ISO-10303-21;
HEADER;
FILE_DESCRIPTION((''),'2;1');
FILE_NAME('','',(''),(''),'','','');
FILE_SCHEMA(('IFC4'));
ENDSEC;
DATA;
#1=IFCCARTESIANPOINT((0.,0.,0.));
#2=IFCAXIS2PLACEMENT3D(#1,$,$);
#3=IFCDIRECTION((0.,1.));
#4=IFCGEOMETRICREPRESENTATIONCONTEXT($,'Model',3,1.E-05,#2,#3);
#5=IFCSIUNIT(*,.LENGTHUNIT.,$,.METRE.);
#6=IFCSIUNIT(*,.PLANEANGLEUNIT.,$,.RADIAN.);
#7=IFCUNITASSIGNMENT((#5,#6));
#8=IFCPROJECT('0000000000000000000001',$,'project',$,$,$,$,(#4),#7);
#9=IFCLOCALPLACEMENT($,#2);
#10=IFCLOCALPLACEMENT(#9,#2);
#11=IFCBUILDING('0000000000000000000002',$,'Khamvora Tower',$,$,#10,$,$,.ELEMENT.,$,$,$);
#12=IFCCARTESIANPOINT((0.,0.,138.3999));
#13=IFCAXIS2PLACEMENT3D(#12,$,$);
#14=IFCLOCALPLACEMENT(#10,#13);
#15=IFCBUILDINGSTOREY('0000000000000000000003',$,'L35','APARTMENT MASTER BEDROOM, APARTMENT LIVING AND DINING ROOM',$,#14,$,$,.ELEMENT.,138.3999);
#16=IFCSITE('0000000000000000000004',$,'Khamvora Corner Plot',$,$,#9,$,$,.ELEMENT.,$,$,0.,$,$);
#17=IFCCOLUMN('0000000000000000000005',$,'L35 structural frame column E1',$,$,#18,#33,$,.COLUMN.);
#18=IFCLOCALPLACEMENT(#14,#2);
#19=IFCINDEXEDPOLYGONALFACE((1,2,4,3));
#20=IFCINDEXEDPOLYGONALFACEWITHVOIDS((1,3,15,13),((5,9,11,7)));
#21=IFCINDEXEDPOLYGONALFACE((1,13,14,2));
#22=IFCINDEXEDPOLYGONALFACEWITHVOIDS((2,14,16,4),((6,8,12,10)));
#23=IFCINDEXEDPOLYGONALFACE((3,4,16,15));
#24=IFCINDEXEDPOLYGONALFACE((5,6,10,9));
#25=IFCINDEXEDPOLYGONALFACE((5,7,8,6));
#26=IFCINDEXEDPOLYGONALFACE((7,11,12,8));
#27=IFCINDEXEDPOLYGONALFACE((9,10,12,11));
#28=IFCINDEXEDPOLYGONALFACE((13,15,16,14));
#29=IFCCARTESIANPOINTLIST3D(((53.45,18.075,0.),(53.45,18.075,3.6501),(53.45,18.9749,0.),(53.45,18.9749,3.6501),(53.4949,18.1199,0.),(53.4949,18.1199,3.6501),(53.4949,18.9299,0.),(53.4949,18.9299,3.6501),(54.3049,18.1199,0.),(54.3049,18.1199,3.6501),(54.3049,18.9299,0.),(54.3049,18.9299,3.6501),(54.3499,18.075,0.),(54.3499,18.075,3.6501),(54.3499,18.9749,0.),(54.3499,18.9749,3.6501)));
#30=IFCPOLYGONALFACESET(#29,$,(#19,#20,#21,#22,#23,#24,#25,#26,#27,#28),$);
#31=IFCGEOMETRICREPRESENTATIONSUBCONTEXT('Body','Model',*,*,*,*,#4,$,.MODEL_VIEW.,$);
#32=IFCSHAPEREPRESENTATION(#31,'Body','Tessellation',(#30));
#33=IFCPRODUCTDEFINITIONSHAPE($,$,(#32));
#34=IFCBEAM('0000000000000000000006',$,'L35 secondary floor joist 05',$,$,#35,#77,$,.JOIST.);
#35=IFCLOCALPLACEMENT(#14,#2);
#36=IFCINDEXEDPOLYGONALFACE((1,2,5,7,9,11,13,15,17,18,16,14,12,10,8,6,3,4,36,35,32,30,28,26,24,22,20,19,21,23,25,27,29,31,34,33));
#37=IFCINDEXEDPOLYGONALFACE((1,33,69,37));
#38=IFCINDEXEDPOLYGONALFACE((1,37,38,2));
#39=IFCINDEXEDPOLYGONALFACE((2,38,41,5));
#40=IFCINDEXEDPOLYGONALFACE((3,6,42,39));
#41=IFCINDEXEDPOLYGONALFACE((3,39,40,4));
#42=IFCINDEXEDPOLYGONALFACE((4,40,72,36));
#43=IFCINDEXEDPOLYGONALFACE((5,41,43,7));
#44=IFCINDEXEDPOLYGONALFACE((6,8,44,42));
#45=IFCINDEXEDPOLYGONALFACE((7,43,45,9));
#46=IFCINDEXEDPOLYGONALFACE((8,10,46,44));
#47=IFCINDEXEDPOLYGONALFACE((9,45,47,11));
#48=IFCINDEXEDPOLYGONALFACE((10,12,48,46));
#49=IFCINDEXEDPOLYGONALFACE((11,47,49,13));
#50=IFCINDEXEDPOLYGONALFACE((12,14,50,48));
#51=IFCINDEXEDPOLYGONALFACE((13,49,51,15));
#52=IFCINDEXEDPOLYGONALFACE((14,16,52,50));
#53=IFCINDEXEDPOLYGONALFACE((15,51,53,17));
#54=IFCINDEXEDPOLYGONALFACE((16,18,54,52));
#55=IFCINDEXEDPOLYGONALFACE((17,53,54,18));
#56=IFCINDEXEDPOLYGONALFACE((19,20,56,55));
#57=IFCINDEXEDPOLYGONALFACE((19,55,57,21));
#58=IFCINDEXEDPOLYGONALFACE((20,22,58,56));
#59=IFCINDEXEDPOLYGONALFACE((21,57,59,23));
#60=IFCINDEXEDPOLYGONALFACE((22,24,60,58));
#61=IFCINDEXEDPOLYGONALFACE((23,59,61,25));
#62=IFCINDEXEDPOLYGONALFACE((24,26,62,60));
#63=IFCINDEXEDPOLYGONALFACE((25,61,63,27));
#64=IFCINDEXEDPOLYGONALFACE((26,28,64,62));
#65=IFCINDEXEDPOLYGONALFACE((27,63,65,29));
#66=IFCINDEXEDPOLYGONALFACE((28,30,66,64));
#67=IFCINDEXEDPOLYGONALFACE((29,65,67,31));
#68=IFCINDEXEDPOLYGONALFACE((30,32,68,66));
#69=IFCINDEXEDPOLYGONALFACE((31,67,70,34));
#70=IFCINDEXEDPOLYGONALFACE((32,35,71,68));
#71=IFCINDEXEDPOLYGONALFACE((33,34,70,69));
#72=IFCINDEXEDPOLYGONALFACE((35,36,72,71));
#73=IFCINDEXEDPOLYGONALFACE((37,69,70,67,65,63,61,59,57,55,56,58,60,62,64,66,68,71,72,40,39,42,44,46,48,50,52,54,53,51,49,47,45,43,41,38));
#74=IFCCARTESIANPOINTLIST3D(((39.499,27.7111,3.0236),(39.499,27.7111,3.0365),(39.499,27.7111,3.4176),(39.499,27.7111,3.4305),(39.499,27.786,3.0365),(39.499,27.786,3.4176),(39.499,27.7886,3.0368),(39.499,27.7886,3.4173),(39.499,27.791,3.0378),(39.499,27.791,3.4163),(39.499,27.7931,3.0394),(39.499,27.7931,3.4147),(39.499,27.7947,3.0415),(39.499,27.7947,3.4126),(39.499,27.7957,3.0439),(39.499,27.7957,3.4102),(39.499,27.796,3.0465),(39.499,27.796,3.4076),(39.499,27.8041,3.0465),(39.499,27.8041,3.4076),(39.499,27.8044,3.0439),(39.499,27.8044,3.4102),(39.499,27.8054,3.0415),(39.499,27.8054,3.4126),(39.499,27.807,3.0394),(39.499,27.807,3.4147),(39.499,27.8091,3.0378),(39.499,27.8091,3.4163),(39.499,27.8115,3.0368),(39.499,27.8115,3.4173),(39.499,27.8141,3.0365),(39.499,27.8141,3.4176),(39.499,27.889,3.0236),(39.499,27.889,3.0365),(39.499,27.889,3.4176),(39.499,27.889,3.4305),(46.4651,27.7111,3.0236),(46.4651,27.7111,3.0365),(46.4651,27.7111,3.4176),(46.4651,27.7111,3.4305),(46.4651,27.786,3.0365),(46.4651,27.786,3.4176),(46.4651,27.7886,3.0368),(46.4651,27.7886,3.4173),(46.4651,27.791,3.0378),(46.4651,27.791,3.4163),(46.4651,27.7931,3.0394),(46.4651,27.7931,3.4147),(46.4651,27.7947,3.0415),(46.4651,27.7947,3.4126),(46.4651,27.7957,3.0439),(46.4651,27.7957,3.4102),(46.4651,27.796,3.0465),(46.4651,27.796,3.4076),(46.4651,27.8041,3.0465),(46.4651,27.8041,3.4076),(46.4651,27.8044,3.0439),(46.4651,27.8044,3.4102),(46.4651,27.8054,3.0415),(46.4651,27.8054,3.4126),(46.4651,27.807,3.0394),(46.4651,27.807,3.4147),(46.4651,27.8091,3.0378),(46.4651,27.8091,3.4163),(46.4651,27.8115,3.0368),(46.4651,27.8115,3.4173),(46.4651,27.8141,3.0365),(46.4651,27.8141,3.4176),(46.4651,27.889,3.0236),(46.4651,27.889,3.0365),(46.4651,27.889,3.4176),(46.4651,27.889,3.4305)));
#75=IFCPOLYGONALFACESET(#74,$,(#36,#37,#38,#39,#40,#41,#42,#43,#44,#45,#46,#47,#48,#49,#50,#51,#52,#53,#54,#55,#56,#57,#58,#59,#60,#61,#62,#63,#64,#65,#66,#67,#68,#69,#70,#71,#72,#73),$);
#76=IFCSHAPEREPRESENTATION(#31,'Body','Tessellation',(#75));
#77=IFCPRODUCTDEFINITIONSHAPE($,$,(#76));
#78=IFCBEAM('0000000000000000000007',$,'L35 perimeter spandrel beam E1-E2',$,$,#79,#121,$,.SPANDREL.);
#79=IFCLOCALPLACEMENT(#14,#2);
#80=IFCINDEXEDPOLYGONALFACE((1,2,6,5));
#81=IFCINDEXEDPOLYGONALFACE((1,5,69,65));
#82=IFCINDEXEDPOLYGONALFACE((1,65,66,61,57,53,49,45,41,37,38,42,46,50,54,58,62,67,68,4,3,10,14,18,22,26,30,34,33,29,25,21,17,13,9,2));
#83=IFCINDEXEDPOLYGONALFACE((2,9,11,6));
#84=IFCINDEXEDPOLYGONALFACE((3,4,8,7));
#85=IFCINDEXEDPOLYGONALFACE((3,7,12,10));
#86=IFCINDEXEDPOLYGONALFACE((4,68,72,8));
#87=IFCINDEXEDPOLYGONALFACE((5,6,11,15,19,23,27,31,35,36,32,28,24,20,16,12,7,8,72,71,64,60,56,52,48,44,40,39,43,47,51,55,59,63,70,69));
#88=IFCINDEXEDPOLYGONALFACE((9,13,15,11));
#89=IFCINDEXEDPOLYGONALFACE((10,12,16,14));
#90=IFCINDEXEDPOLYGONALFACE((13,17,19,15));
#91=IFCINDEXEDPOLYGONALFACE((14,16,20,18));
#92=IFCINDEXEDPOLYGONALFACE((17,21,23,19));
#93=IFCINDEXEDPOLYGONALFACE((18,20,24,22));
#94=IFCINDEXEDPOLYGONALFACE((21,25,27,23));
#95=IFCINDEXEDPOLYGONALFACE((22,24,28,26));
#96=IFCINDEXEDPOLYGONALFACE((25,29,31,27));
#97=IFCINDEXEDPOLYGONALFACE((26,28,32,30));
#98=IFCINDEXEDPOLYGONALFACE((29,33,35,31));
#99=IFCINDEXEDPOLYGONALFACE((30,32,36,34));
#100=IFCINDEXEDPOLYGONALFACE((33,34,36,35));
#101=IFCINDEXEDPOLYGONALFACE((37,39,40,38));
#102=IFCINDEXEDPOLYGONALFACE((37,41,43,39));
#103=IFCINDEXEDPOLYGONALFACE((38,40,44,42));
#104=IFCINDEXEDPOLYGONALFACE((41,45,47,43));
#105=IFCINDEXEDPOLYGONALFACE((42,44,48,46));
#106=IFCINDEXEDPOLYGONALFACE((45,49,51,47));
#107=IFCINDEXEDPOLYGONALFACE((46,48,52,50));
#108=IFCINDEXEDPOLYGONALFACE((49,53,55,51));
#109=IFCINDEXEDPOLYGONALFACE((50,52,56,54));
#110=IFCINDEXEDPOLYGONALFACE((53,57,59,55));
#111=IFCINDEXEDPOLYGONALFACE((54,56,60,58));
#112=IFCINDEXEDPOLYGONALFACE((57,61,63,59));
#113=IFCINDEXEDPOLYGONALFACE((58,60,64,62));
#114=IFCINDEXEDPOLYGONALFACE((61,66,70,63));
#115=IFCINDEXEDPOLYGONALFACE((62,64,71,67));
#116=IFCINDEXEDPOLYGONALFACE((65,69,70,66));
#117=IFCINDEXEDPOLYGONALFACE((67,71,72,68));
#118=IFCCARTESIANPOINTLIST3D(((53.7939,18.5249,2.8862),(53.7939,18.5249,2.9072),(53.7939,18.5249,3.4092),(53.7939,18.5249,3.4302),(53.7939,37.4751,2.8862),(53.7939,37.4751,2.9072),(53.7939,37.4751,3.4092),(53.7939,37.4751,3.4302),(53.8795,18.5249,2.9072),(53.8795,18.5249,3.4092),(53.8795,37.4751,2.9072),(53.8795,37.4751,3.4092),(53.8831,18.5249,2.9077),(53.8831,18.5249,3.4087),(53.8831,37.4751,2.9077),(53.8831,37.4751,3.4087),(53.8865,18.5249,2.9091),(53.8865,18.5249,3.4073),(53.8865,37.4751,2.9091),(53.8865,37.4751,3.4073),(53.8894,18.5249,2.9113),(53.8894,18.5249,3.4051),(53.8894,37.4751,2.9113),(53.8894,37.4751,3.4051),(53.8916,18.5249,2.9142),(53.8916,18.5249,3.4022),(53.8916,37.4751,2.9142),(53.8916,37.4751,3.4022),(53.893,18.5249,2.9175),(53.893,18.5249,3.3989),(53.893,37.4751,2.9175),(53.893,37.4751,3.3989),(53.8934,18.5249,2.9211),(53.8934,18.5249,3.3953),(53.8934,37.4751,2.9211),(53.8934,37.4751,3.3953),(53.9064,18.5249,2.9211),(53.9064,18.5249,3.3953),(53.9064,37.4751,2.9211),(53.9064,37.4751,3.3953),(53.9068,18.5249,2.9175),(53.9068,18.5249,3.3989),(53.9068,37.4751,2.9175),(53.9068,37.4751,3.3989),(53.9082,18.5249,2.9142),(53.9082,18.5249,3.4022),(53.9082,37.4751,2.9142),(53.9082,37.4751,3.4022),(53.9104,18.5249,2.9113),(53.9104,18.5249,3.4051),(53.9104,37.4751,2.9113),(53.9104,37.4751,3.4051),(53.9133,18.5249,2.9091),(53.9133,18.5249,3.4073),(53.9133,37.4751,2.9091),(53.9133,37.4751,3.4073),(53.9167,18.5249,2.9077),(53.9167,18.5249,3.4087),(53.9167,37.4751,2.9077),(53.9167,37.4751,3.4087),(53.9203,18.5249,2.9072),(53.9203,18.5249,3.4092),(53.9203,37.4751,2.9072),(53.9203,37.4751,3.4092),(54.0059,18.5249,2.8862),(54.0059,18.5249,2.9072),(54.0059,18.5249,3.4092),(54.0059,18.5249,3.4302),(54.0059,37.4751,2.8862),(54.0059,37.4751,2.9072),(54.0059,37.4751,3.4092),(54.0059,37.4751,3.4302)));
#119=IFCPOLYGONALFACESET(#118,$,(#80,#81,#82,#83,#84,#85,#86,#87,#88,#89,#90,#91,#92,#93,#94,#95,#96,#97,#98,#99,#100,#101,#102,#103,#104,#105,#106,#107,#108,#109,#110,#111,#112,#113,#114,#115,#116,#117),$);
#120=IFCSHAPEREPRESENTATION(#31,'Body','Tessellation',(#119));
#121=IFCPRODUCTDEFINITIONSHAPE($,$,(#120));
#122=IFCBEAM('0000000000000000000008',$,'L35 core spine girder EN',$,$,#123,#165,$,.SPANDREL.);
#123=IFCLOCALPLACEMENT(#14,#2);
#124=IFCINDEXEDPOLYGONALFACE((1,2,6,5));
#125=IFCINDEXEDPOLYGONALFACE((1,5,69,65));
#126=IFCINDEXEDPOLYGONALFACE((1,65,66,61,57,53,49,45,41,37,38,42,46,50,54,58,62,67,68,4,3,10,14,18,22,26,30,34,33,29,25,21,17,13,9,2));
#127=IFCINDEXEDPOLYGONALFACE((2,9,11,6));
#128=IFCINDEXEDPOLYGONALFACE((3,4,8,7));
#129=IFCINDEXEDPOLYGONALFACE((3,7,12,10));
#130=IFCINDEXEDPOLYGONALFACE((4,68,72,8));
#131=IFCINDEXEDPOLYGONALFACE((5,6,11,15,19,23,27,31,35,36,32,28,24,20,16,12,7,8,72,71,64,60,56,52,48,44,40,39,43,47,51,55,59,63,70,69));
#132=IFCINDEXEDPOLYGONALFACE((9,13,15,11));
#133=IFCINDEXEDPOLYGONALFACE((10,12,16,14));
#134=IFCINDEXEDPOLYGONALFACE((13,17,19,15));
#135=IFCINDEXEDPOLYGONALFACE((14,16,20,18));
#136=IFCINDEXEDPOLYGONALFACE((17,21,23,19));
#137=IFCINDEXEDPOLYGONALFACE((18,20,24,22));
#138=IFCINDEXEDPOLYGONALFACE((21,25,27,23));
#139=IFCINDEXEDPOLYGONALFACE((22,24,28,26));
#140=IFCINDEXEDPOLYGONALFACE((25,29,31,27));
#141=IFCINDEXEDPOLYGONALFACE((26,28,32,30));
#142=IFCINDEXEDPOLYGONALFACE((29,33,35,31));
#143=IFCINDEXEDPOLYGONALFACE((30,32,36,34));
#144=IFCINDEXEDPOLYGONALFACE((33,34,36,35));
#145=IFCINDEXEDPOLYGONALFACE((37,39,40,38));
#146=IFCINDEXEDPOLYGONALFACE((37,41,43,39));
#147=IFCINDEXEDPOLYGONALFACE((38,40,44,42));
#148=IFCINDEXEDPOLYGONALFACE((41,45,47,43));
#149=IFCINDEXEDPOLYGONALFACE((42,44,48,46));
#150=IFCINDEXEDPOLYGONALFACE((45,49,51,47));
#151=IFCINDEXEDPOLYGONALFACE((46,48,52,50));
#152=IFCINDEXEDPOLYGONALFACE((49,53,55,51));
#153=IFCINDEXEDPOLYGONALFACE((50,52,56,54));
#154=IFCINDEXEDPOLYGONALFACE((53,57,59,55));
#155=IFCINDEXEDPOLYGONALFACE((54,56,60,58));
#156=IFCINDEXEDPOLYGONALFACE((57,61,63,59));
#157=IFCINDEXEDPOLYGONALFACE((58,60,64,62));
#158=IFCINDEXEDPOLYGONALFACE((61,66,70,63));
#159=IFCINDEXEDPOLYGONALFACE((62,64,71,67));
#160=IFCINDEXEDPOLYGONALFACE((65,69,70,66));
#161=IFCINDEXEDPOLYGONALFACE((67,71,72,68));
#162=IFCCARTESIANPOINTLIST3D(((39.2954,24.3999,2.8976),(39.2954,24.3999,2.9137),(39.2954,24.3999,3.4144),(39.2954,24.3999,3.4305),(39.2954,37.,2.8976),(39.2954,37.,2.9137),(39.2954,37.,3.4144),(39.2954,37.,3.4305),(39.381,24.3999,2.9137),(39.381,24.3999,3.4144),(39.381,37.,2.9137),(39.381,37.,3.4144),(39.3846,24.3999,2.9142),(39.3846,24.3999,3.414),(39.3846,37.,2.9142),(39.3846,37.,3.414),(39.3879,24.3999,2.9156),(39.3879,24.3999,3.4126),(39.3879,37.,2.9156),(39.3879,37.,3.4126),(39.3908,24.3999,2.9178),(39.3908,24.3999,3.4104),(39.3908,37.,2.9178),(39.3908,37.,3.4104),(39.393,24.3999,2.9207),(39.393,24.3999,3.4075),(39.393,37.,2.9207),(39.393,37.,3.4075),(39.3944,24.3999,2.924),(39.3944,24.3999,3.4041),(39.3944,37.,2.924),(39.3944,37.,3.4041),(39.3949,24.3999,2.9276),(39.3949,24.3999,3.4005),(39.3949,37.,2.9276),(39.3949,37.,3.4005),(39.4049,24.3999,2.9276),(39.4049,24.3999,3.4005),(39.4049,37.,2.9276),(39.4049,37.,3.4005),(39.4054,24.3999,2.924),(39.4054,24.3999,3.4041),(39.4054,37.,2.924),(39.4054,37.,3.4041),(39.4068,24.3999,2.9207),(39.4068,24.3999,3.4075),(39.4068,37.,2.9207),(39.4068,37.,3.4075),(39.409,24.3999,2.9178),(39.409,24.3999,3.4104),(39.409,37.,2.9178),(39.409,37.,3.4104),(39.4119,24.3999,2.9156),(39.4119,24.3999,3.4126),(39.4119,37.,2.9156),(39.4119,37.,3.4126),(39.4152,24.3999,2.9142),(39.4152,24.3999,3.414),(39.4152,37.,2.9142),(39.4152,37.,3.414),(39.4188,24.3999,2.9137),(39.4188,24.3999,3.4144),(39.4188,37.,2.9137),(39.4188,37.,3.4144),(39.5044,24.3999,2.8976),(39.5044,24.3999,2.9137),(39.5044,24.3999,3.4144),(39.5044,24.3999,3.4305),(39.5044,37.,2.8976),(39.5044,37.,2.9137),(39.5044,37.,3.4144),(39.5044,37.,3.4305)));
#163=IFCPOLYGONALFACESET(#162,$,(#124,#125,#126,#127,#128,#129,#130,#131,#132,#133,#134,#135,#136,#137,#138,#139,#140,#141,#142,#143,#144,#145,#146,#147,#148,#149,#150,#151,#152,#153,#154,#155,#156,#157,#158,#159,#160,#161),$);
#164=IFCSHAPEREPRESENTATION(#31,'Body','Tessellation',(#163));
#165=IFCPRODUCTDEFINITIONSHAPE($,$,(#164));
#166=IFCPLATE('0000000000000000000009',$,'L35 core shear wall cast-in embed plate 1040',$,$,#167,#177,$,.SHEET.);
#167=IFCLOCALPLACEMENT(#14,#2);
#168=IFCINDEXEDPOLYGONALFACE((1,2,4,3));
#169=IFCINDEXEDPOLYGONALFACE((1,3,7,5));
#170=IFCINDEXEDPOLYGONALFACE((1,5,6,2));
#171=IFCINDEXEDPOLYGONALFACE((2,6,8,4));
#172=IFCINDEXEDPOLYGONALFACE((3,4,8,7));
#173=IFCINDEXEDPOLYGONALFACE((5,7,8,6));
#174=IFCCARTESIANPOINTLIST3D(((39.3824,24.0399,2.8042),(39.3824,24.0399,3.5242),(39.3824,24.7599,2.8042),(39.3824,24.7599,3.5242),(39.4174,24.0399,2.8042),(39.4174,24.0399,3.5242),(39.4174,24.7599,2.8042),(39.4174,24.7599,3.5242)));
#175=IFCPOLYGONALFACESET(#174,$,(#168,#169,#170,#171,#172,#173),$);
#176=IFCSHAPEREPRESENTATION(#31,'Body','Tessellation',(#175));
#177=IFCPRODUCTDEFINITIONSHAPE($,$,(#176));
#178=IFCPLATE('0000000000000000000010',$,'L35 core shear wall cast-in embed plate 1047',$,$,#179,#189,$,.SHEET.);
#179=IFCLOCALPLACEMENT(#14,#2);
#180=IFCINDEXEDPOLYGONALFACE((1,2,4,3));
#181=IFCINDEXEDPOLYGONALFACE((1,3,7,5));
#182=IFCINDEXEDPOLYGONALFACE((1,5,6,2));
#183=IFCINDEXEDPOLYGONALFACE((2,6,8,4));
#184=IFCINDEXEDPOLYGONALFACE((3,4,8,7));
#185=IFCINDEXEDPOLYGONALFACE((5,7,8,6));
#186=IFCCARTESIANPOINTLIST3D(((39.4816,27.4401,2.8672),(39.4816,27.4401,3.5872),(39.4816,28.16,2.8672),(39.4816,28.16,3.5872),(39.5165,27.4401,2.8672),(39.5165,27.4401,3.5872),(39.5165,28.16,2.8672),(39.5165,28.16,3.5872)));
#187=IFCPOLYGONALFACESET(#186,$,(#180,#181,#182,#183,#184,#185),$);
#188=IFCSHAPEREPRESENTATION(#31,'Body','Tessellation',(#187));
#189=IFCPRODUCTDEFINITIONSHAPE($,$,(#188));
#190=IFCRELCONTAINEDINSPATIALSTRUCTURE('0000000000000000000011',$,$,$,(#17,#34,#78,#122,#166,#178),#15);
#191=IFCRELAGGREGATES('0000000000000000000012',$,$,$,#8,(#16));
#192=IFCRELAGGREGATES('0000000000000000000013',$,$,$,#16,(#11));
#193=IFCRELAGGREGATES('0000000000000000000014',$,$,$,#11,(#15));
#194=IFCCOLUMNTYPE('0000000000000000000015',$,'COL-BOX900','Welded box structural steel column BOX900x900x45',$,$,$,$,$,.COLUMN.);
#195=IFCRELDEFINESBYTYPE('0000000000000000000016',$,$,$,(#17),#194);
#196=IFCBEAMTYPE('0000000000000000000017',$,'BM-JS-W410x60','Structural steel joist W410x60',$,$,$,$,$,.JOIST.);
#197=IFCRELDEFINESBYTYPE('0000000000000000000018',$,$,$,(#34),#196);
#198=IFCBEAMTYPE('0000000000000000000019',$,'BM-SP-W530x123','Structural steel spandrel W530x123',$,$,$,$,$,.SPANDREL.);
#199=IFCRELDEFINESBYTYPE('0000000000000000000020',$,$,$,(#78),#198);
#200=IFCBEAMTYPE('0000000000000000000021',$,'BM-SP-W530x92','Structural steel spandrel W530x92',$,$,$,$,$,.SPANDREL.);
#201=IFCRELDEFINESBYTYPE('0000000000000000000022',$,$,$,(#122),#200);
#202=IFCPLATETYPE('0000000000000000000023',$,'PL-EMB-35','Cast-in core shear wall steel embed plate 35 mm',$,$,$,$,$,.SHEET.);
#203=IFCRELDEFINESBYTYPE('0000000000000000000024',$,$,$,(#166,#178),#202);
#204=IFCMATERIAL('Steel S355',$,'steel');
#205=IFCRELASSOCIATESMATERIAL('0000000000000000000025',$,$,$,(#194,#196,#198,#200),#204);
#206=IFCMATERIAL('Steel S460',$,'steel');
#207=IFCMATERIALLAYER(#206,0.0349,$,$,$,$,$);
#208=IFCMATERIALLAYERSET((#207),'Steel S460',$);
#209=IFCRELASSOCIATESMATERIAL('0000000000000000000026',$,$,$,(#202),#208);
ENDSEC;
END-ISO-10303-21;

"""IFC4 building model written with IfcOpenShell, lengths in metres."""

from ifc_helpers import new_model, si_unit, direction, frame, origin, origin_2d, place, context, subcontext, project, spatial, rectangle, hollow_rectangle, i_section, extrude, material, layer, layer_set, material_profile, profile_set, type_object, element, save


model = new_model("IFC4")

# Units and contexts
model_context = context("Model", 3, precision=1e-05, world=origin(), true_north=direction((0.0, 1.0)))
body_context = subcontext(model_context, "Body", "Model", "MODEL_VIEW")
ifc_project = project(units=[si_unit("LENGTHUNIT", "METRE"), si_unit("PLANEANGLEUNIT", "RADIAN")], contexts=[model_context])

# Site, building, storey
site_placement = place(None, origin())
site = spatial("IfcSite", under=ifc_project, at=site_placement, Name="Khamvora Corner Plot", CompositionType="ELEMENT", RefElevation=0.0)
building_placement = place(site_placement, origin())
building = spatial("IfcBuilding", under=site, at=building_placement, Name="Khamvora Tower", CompositionType="ELEMENT")
storey_placement = place(building_placement, frame((0.0, 0.0, 138.3999)))
storey = spatial("IfcBuildingStorey", under=building, at=storey_placement, Name="L35", Description="APARTMENT MASTER BEDROOM, APARTMENT LIVING AND DINING ROOM", CompositionType="ELEMENT", Elevation=138.3999)

# Column
ifc_material_1 = material(Name="Steel S355", Category="steel")
ifc_material_profile_1 = material_profile(ifc_material_1, hollow_rectangle(XDim=0.8999, YDim=0.8999, WallThickness=0.0449, at=origin_2d()), Name="BOX900x900x45")
ifc_profile_set_1 = profile_set([ifc_material_profile_1], Name="Steel S355")
column_type = type_object("IfcColumnType", Name="COL-BOX900", Description="Welded box structural steel column BOX900x900x45", PredefinedType="COLUMN", material=ifc_profile_set_1)
column_placement = place(storey_placement, frame((53.8999, 18.5249, 0.0), z_axis=(0.0, 0.0, 1.0), x_axis=(1.0, 0.0, 0.0)))
element("IfcColumn", 1, at=column_placement, inside=storey, type_object=column_type, Name="L35 structural frame column E1", PredefinedType="COLUMN", context=body_context, shape_type="SweptSolid", body=[
    extrude(hollow_rectangle(XDim=0.8999, YDim=0.8999, WallThickness=0.0449, at=origin_2d()), origin(), (0.0, 0.0, 1.0), 3.6501),
])

# Beams
ifc_material_profile_2 = material_profile(ifc_material_1, i_section(OverallWidth=0.178, OverallDepth=0.407, WebThickness=0.0081, FlangeThickness=0.0129, FilletRadius=0.01, at=origin_2d()), Name="W410x60")
ifc_profile_set_2 = profile_set([ifc_material_profile_2], Name="Steel S355")
beam_type_1 = type_object("IfcBeamType", Name="BM-JS-W410x60", Description="Structural steel joist W410x60", PredefinedType="JOIST", material=ifc_profile_set_2)
beam_1_placement = place(storey_placement, frame((39.499, 27.8, 3.2271), z_axis=(1.0, 0.0, 0.0), x_axis=(0.0, 1.0, 0.0)))
element("IfcBeam", 2, at=beam_1_placement, inside=storey, type_object=beam_type_1, Name="L35 secondary floor joist 05", PredefinedType="JOIST", context=body_context, shape_type="SweptSolid", body=[
    extrude(i_section(OverallWidth=0.178, OverallDepth=0.407, WebThickness=0.0081, FlangeThickness=0.0129, FilletRadius=0.01, at=origin_2d()), origin(), (0.0, 0.0, 1.0), 6.9661),
])
ifc_material_profile_3 = material_profile(ifc_material_1, i_section(OverallWidth=0.2119, OverallDepth=0.5439, WebThickness=0.0129, FlangeThickness=0.021, FilletRadius=0.0139, at=origin_2d()), Name="W530x123")
ifc_profile_set_3 = profile_set([ifc_material_profile_3], Name="Steel S355")
beam_type_2 = type_object("IfcBeamType", Name="BM-SP-W530x123", Description="Structural steel spandrel W530x123", PredefinedType="SPANDREL", material=ifc_profile_set_3)
beam_2_placement = place(storey_placement, frame((53.8999, 18.5249, 3.1582), z_axis=(0.0, 1.0, 0.0), x_axis=(-1.0, 0.0, 0.0)))
element("IfcBeam", 3, at=beam_2_placement, inside=storey, type_object=beam_type_2, Name="L35 perimeter spandrel beam E1-E2", PredefinedType="SPANDREL", context=body_context, shape_type="SweptSolid", body=[
    extrude(i_section(OverallWidth=0.2119, OverallDepth=0.5439, WebThickness=0.0129, FlangeThickness=0.021, FilletRadius=0.0139, at=origin_2d()), origin(), (0.0, 0.0, 1.0), 18.9502),
])
ifc_material_profile_4 = material_profile(ifc_material_1, i_section(OverallWidth=0.209, OverallDepth=0.533, WebThickness=0.01, FlangeThickness=0.0161, FilletRadius=0.0139, at=origin_2d()), Name="W530x92")
ifc_profile_set_4 = profile_set([ifc_material_profile_4], Name="Steel S355")
beam_type_3 = type_object("IfcBeamType", Name="BM-SP-W530x92", Description="Structural steel spandrel W530x92", PredefinedType="SPANDREL", material=ifc_profile_set_4)
beam_3_placement = place(storey_placement, frame((39.3999, 24.3999, 3.1641), z_axis=(0.0, 1.0, 0.0), x_axis=(-1.0, 0.0, 0.0)))
element("IfcBeam", 4, at=beam_3_placement, inside=storey, type_object=beam_type_3, Name="L35 core spine girder EN", PredefinedType="SPANDREL", context=body_context, shape_type="SweptSolid", body=[
    extrude(i_section(OverallWidth=0.209, OverallDepth=0.533, WebThickness=0.01, FlangeThickness=0.0161, FilletRadius=0.0139, at=origin_2d()), origin(), (0.0, 0.0, 1.0), 12.6001),
])

# Plates
ifc_material_2 = material(Name="Steel S460", Category="steel")
ifc_layer_1 = layer(ifc_material_2, 0.0349)
ifc_layer_set_1 = layer_set([ifc_layer_1], Name="Steel S460")
plate_type = type_object("IfcPlateType", Name="PL-EMB-35", Description="Cast-in core shear wall steel embed plate 35 mm", PredefinedType="SHEET", material=ifc_layer_set_1)
for number, where, z_axis, x_axis, name in (
    (5, (39.3999, 24.3999, 2.8042), (0.0, 0.0, 1.0), (1.0, 0.0, 0.0), "L35 core shear wall cast-in embed plate 1040"),
    (6, (39.499, 27.8, 2.8672), (0.0, 0.0, 1.0), (1.0, 0.0, 0.0), "L35 core shear wall cast-in embed plate 1047"),
):
    element("IfcPlate", number, at=place(storey_placement, frame(where, z_axis=z_axis, x_axis=x_axis)), inside=storey, type_object=plate_type, Name=name, PredefinedType="SHEET", context=body_context, shape_type="SweptSolid", body=[
        extrude(rectangle(XDim=0.0349, YDim=0.72, at=origin_2d()), origin(), (0.0, 0.0, 1.0), 0.72),
    ])

save(model, "model.ifc")
